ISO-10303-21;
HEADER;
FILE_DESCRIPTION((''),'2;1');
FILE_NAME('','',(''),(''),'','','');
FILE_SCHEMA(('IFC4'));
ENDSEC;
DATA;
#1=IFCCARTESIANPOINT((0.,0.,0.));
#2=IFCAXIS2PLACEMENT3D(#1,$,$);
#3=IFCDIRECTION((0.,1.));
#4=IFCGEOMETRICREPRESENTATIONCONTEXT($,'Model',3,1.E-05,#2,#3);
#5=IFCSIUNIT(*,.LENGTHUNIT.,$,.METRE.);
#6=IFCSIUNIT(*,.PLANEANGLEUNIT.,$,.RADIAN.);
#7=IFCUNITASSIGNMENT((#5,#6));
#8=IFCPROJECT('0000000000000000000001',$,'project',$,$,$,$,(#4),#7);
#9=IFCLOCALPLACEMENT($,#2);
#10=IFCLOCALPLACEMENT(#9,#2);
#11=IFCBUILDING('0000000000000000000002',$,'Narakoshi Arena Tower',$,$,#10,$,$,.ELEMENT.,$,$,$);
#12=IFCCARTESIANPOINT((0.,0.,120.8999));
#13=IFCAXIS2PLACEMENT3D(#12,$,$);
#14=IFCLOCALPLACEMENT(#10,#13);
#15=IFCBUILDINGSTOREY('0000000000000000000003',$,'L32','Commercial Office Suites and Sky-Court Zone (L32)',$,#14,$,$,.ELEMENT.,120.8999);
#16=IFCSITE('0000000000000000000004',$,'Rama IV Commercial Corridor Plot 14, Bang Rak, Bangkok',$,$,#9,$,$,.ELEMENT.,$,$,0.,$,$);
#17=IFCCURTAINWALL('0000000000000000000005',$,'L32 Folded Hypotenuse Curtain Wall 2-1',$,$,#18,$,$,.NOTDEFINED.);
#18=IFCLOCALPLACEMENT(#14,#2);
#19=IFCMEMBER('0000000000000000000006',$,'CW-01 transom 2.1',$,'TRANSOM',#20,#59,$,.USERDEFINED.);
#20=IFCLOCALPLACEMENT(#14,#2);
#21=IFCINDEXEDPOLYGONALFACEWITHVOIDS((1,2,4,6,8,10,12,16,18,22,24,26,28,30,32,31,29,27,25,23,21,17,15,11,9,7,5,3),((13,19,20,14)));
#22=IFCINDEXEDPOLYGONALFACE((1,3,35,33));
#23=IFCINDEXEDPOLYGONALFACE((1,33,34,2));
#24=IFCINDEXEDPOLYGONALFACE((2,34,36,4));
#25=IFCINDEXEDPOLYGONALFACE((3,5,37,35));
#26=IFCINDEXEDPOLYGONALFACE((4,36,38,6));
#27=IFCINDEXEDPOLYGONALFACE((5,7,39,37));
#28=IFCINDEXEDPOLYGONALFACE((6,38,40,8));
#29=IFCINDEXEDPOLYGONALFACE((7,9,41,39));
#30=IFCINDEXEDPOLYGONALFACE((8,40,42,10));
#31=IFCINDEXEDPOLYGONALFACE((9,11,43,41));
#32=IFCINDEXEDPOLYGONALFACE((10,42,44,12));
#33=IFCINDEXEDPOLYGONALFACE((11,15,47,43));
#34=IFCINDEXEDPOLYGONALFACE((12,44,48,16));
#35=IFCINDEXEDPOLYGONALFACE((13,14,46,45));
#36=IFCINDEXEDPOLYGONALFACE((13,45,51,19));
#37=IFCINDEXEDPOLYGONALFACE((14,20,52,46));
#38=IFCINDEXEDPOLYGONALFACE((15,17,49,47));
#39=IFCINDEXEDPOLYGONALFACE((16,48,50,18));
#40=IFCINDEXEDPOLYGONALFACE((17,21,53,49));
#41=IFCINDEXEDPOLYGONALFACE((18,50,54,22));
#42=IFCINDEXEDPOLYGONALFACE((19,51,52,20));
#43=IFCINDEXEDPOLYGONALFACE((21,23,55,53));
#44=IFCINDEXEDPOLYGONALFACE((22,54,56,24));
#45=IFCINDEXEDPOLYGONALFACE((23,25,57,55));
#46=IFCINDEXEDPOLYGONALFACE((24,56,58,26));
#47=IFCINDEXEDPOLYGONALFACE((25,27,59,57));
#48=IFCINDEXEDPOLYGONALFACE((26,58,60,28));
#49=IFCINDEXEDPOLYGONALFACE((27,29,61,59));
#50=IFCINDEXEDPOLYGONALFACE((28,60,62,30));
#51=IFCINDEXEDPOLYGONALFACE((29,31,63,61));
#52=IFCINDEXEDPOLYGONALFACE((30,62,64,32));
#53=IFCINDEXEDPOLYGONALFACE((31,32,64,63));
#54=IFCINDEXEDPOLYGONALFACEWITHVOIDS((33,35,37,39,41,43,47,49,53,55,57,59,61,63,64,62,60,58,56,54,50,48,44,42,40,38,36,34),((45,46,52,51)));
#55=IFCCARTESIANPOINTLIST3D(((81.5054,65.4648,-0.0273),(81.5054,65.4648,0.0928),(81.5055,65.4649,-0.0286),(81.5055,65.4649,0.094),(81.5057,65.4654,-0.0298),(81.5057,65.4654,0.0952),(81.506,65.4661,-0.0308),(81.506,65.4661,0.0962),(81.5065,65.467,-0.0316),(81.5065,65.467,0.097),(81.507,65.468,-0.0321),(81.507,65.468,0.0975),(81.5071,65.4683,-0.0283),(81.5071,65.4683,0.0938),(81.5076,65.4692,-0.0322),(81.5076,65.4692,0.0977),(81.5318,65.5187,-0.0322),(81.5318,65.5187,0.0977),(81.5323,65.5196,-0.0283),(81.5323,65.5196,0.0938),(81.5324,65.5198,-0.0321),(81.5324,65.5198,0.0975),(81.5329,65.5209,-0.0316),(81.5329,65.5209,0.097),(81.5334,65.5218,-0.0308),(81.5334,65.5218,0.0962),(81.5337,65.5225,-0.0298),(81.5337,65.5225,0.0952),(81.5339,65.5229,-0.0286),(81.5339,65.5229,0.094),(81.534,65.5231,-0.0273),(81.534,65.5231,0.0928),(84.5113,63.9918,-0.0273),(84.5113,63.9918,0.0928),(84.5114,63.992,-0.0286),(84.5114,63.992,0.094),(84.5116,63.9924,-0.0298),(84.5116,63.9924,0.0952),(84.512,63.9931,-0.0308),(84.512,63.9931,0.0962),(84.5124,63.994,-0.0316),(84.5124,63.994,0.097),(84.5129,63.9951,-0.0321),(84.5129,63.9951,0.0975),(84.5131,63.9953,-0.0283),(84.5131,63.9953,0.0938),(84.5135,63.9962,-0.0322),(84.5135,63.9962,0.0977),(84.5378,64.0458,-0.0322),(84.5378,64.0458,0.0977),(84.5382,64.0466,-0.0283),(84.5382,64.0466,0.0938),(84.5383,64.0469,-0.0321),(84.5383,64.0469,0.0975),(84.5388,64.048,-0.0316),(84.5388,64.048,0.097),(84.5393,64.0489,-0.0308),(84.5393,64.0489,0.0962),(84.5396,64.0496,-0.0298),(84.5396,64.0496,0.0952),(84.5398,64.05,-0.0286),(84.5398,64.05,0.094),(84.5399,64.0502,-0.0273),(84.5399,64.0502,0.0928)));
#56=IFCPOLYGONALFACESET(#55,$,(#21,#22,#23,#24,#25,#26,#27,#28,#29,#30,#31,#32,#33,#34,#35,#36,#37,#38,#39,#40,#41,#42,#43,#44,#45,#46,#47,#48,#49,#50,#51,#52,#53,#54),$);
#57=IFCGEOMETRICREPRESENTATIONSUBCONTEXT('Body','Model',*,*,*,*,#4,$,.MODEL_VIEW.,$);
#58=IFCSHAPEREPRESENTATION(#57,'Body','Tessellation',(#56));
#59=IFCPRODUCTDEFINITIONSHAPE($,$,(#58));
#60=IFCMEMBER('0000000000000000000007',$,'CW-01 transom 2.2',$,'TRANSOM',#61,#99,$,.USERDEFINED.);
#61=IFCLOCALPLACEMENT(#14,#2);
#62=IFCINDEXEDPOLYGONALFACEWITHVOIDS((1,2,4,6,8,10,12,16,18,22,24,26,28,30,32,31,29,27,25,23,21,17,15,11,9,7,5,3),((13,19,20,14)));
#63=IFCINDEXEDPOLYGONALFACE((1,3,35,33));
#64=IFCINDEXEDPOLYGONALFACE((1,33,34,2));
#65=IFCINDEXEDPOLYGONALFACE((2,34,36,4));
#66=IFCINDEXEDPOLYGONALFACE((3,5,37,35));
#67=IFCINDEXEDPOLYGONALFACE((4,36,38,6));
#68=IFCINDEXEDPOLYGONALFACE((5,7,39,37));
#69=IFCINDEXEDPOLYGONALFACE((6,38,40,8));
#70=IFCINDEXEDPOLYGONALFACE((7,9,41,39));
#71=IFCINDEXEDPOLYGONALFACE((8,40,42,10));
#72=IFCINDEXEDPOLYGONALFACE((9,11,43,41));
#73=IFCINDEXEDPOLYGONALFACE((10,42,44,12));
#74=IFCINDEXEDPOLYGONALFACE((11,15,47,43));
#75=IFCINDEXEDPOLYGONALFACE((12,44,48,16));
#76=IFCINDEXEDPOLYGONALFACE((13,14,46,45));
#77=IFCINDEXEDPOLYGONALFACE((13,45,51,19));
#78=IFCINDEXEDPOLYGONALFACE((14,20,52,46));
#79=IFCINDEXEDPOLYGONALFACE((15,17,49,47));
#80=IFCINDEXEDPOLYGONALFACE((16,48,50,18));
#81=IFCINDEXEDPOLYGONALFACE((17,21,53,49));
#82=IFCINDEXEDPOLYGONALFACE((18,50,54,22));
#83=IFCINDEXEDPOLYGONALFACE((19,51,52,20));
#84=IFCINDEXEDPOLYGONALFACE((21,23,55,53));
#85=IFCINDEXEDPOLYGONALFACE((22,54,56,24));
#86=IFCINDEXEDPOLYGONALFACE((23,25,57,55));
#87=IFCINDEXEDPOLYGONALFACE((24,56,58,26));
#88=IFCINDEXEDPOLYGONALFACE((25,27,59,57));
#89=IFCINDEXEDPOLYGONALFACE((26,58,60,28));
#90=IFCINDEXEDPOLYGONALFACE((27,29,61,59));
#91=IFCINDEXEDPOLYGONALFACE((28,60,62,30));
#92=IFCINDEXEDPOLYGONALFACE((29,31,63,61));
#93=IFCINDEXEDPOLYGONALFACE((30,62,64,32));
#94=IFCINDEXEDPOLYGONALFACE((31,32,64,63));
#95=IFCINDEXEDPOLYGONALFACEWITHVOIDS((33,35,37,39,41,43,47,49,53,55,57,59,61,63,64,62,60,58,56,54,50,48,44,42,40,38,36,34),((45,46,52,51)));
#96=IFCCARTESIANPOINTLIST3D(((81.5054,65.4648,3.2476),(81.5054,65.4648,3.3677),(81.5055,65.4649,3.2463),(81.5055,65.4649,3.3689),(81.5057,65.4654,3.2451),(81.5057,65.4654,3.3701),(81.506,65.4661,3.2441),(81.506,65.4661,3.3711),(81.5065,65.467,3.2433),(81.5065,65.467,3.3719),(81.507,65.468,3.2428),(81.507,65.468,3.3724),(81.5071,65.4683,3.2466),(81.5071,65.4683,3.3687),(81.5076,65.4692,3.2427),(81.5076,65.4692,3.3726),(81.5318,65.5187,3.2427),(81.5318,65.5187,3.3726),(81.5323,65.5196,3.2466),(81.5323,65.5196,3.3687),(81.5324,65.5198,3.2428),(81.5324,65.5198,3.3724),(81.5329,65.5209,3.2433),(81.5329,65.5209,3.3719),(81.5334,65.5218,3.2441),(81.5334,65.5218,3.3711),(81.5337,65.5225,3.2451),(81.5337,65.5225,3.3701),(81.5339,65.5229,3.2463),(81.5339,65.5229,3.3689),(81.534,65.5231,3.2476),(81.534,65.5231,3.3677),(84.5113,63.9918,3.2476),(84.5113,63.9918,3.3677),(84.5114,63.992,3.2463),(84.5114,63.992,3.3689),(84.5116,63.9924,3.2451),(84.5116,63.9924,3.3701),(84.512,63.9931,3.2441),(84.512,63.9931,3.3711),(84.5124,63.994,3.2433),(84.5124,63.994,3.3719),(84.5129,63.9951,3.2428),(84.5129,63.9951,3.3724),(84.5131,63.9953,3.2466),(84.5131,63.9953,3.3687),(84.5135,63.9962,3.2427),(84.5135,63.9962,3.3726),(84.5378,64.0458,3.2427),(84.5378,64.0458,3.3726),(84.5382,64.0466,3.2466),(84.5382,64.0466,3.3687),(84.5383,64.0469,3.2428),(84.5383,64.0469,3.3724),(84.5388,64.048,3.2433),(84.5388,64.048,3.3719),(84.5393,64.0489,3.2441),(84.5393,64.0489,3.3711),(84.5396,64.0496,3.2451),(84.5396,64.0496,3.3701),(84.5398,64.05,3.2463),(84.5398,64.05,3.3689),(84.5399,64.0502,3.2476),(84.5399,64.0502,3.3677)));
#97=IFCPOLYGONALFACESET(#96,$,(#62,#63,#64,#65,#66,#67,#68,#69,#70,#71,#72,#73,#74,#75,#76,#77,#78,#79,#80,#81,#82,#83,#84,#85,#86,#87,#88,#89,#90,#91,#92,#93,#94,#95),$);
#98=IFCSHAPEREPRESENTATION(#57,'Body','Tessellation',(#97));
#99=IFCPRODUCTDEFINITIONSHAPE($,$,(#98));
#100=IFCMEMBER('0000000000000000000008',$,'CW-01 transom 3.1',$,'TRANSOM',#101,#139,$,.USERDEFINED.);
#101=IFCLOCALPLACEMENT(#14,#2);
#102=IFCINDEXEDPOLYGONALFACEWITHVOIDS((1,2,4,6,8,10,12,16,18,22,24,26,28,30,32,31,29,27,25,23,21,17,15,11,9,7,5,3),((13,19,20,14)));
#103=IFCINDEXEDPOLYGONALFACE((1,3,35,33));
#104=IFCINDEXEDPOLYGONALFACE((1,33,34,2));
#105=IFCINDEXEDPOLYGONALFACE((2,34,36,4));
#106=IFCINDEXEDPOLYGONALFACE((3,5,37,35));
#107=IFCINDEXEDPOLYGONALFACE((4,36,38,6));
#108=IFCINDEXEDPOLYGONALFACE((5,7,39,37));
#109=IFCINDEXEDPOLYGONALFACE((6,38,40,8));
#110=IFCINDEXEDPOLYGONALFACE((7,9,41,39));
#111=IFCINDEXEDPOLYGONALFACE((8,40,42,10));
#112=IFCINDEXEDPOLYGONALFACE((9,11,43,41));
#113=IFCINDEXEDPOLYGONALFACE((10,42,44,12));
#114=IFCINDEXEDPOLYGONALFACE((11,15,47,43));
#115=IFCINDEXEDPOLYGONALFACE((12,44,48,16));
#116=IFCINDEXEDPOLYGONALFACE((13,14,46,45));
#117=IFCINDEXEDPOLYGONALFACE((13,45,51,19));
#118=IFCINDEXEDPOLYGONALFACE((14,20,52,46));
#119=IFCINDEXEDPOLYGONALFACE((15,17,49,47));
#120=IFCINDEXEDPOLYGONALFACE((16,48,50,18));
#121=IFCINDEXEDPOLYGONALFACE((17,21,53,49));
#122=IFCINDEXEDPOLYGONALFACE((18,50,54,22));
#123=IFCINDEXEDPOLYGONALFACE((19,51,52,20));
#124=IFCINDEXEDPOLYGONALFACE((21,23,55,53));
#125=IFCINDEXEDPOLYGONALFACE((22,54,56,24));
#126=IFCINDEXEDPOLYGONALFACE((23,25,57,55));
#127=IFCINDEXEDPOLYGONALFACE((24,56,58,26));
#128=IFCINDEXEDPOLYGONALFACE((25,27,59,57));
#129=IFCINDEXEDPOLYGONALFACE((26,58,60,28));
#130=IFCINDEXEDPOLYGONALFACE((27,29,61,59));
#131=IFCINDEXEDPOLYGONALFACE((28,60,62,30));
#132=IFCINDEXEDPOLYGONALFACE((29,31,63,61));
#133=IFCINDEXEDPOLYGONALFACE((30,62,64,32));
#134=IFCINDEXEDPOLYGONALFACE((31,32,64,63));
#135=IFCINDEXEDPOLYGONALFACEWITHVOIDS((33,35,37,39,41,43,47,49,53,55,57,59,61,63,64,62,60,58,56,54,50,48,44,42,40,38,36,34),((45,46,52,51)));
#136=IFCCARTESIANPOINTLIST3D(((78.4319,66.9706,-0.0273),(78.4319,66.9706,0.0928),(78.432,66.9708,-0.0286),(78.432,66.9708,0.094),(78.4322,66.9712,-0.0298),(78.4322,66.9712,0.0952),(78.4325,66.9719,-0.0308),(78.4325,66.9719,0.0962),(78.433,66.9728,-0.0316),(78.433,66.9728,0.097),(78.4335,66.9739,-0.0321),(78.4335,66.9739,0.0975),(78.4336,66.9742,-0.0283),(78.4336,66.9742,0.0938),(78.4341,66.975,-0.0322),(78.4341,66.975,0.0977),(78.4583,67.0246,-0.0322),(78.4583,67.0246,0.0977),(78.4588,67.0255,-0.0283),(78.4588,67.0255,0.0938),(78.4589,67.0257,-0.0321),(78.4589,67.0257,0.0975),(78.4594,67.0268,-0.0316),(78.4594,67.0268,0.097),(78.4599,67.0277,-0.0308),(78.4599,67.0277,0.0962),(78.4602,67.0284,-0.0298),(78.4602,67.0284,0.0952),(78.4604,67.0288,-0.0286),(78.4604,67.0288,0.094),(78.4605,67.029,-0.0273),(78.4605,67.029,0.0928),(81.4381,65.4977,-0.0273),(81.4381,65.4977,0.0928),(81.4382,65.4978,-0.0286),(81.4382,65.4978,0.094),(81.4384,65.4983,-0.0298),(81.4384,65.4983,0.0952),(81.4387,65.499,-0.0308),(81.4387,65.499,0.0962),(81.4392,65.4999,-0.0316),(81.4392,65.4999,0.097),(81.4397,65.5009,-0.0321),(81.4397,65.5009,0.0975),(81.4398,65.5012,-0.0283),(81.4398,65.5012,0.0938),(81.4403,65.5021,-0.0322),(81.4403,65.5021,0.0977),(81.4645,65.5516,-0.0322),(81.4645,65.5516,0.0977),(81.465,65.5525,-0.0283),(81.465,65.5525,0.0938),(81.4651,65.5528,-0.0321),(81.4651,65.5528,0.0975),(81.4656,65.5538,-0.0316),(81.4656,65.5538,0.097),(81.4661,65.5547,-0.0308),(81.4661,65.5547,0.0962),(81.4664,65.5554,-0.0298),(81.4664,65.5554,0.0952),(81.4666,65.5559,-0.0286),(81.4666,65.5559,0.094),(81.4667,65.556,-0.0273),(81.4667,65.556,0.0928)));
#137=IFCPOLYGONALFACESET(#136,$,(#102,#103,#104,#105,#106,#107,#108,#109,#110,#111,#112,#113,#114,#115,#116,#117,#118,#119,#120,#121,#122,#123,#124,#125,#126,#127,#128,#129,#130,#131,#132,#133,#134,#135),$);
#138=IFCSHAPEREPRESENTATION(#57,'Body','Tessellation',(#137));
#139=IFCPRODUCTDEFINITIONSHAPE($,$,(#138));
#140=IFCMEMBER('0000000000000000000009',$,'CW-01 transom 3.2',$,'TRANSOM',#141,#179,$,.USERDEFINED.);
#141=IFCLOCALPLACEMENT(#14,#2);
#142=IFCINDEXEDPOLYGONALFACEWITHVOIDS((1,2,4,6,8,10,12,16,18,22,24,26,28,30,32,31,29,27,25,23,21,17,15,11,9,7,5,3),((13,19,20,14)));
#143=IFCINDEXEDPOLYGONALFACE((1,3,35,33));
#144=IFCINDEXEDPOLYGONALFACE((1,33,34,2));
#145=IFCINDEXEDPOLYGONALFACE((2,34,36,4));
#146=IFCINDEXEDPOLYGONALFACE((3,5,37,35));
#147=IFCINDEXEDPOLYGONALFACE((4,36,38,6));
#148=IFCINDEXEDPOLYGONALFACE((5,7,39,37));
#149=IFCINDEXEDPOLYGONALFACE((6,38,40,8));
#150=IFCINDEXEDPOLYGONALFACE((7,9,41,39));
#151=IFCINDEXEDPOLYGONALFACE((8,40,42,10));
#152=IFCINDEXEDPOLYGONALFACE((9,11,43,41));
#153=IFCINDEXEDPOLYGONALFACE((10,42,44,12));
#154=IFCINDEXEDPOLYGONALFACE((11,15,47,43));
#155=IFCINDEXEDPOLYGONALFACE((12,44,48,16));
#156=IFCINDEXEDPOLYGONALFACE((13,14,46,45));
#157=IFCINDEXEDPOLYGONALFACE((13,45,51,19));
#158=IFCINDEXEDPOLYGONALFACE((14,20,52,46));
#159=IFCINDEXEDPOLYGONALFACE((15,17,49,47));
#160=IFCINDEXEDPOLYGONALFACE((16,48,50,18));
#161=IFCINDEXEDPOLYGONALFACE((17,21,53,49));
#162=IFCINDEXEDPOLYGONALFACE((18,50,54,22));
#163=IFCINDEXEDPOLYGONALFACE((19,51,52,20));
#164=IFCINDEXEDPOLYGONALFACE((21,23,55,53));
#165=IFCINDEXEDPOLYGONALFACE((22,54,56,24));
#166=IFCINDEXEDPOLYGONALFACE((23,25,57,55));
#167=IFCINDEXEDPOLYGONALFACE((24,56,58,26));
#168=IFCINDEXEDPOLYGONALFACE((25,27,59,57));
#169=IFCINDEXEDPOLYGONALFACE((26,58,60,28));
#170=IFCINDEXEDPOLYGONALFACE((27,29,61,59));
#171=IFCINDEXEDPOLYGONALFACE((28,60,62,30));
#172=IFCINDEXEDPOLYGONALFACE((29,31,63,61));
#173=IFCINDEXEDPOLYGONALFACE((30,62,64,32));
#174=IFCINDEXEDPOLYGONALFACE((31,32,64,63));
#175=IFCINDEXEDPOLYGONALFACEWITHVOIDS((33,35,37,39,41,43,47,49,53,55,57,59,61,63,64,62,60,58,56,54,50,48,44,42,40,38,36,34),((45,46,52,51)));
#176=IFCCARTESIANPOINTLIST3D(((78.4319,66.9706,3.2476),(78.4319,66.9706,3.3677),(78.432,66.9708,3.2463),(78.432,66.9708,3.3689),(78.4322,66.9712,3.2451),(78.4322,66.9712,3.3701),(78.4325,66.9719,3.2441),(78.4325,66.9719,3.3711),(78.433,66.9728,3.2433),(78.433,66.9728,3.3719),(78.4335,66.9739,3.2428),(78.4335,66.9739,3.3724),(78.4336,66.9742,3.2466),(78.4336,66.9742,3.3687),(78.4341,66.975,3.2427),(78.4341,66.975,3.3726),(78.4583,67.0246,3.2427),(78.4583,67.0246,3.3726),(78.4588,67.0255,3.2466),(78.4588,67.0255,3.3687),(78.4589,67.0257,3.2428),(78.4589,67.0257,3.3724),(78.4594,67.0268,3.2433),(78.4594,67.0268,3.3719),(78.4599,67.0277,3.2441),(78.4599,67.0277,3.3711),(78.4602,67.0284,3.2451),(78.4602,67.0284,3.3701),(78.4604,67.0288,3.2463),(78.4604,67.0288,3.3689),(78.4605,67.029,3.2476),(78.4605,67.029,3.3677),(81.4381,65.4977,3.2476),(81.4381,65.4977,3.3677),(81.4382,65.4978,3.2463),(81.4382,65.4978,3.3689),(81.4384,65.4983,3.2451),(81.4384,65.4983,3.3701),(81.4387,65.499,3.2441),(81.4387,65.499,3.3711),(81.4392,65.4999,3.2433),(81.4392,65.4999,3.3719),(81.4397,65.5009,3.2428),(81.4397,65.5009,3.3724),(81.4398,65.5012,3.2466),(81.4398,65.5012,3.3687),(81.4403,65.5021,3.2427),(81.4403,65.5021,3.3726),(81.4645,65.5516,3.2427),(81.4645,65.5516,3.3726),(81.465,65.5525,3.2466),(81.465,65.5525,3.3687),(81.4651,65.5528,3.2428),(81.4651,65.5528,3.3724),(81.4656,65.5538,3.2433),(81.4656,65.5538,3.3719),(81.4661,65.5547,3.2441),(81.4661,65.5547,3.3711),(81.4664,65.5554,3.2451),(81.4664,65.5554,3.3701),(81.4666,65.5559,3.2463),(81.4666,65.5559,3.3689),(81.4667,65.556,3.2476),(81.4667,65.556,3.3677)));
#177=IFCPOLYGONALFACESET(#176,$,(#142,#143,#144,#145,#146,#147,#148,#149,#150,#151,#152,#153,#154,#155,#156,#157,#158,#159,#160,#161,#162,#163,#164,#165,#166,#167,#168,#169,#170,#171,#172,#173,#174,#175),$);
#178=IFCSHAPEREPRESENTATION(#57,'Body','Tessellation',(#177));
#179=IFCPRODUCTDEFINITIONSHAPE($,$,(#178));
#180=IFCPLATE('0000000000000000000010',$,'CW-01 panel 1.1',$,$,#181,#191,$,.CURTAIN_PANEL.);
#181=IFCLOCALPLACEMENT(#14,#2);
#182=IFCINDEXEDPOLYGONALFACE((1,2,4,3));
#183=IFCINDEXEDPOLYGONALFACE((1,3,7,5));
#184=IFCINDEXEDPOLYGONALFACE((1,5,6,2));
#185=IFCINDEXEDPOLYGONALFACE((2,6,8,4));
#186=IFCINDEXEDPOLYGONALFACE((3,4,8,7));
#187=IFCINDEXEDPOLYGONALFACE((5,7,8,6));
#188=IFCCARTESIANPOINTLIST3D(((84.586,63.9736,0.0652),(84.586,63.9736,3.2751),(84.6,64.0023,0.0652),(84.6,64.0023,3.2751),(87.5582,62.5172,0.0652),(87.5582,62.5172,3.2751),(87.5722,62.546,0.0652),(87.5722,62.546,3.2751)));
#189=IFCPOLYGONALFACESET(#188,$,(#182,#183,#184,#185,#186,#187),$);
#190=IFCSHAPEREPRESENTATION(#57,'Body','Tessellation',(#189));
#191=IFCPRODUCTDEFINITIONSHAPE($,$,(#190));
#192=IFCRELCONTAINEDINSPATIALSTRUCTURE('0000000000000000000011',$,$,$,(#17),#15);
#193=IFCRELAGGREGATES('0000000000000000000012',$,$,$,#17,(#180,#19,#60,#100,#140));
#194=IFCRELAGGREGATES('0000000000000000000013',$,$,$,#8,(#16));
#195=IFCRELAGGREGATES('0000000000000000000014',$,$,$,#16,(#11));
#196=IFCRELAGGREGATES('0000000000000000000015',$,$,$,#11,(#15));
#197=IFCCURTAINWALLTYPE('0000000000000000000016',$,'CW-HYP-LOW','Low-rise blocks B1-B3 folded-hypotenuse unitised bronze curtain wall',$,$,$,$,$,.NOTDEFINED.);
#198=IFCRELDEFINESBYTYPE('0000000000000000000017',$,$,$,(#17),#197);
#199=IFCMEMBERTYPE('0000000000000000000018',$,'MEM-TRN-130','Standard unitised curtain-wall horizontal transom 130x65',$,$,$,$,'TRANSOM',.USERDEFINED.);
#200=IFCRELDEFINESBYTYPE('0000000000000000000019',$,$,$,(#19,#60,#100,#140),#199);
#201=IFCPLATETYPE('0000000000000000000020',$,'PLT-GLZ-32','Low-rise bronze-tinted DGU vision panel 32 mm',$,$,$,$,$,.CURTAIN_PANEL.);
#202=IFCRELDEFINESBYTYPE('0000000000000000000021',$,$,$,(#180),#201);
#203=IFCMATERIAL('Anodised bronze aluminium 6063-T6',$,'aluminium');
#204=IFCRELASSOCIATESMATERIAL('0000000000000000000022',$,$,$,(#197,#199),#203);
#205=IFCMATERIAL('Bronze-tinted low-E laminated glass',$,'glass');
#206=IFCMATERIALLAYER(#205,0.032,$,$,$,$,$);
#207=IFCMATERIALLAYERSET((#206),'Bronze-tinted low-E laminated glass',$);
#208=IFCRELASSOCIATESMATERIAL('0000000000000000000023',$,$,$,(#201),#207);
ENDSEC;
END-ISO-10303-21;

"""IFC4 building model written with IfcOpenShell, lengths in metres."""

from ifc_helpers import new_model, si_unit, direction, frame, origin, origin_2d, place, context, subcontext, project, spatial, rectangle, hollow_rectangle, extrude, material, layer, layer_set, material_profile, profile_set, type_object, element, aggregate, save


model = new_model("IFC4")

# Units and contexts
model_context = context("Model", 3, precision=1e-05, world=origin(), true_north=direction((0.0, 1.0)))
body_context = subcontext(model_context, "Body", "Model", "MODEL_VIEW")
ifc_project = project(units=[si_unit("LENGTHUNIT", "METRE"), si_unit("PLANEANGLEUNIT", "RADIAN")], contexts=[model_context])

# Site, building, storey
site_placement = place(None, origin())
site = spatial("IfcSite", under=ifc_project, at=site_placement, Name="Rama IV Commercial Corridor Plot 14, Bang Rak, Bangkok", CompositionType="ELEMENT", RefElevation=0.0)
building_placement = place(site_placement, origin())
building = spatial("IfcBuilding", under=site, at=building_placement, Name="Narakoshi Arena Tower", CompositionType="ELEMENT")
storey_placement = place(building_placement, frame((0.0, 0.0, 120.8999)))
storey = spatial("IfcBuildingStorey", under=building, at=storey_placement, Name="L32", Description="Commercial Office Suites and Sky-Court Zone (L32)", CompositionType="ELEMENT", Elevation=120.8999)

# Curtain wall, members, plate
ifc_material_1 = material(Name="Anodised bronze aluminium 6063-T6", Category="aluminium")
curtain_wall_type = type_object("IfcCurtainWallType", Name="CW-HYP-LOW", Description="Low-rise blocks B1-B3 folded-hypotenuse unitised bronze curtain wall", PredefinedType="NOTDEFINED", material=ifc_material_1)
curtain_wall_placement = place(storey_placement, origin())
curtain_wall = element("IfcCurtainWall", 1, at=curtain_wall_placement, inside=storey, type_object=curtain_wall_type, Name="L32 Folded Hypotenuse Curtain Wall 2-1", PredefinedType="NOTDEFINED")
ifc_material_profile_1 = material_profile(ifc_material_1, hollow_rectangle(XDim=0.0649, YDim=0.1299, WallThickness=0.0039, OuterFilletRadius=0.0049, at=origin_2d()), Name="TRN130x65x4")
ifc_profile_set_1 = profile_set([ifc_material_profile_1], Name="Anodised bronze aluminium 6063-T6")
member_type_1 = type_object("IfcMemberType", Name="MEM-TRN-130", Description="Standard unitised curtain-wall horizontal transom 130x65", ElementType="TRANSOM", PredefinedType="USERDEFINED", material=ifc_profile_set_1)
member_1_placement = place(storey_placement, frame((84.5256, 64.021, 0.0327), z_axis=(-0.897987, 0.440022, 0.0), x_axis=(-0.440022, -0.897987, 0.0)))
member_1 = element("IfcMember", 2, at=member_1_placement, type_object=member_type_1, Name="CW-01 transom 2.1", ObjectType="TRANSOM", PredefinedType="USERDEFINED", context=body_context, shape_type="SweptSolid", body=[
    extrude(hollow_rectangle(XDim=0.0649, YDim=0.1299, WallThickness=0.0039, OuterFilletRadius=0.0049, at=origin_2d()), origin(), (0.0, 0.0, 1.0), 3.3474),
])
member_2_placement = place(storey_placement, frame((84.5256, 64.021, 3.3076), z_axis=(-0.897987, 0.440022, 0.0), x_axis=(-0.440022, -0.897987, 0.0)))
member_2 = element("IfcMember", 3, at=member_2_placement, type_object=member_type_1, Name="CW-01 transom 2.2", ObjectType="TRANSOM", PredefinedType="USERDEFINED", context=body_context, shape_type="SweptSolid", body=[
    extrude(hollow_rectangle(XDim=0.0649, YDim=0.1299, WallThickness=0.0039, OuterFilletRadius=0.0049, at=origin_2d()), origin(), (0.0, 0.0, 1.0), 3.3474),
])
member_3_placement = place(storey_placement, frame((81.4524, 65.5269, 0.0327), z_axis=(-0.898001, 0.439993, 0.0), x_axis=(-0.439993, -0.898001, 0.0)))
member_3 = element("IfcMember", 4, at=member_3_placement, type_object=member_type_1, Name="CW-01 transom 3.1", ObjectType="TRANSOM", PredefinedType="USERDEFINED", context=body_context, shape_type="SweptSolid", body=[
    extrude(hollow_rectangle(XDim=0.0649, YDim=0.1299, WallThickness=0.0039, OuterFilletRadius=0.0049, at=origin_2d()), origin(), (0.0, 0.0, 1.0), 3.3477),
])
member_4_placement = place(storey_placement, frame((81.4524, 65.5269, 3.3076), z_axis=(-0.898001, 0.439993, 0.0), x_axis=(-0.439993, -0.898001, 0.0)))
member_4 = element("IfcMember", 5, at=member_4_placement, type_object=member_type_1, Name="CW-01 transom 3.2", ObjectType="TRANSOM", PredefinedType="USERDEFINED", context=body_context, shape_type="SweptSolid", body=[
    extrude(hollow_rectangle(XDim=0.0649, YDim=0.1299, WallThickness=0.0039, OuterFilletRadius=0.0049, at=origin_2d()), origin(), (0.0, 0.0, 1.0), 3.3477),
])
ifc_material_2 = material(Name="Bronze-tinted low-E laminated glass", Category="glass")
ifc_layer_1 = layer(ifc_material_2, 0.032)
ifc_layer_set_1 = layer_set([ifc_layer_1], Name="Bronze-tinted low-E laminated glass")
plate_type = type_object("IfcPlateType", Name="PLT-GLZ-32", Description="Low-rise bronze-tinted DGU vision panel 32 mm", PredefinedType="CURTAIN_PANEL", material=ifc_layer_set_1)
plate_1_placement = place(storey_placement, frame((86.0791, 63.2598, 0.0652), z_axis=(0.0, 0.0, 1.0), x_axis=(-0.897996, 0.440005, 0.0)))
plate_1 = element("IfcPlate", 6, at=plate_1_placement, type_object=plate_type, Name="CW-01 panel 1.1", PredefinedType="CURTAIN_PANEL", context=body_context, shape_type="SweptSolid", body=[
    extrude(rectangle(XDim=3.3098, YDim=0.032, at=origin_2d()), origin(), (0.0, 0.0, 1.0), 3.21),
])
aggregate(curtain_wall, [plate_1, member_1, member_2, member_3, member_4])

save(model, "model.ifc")
